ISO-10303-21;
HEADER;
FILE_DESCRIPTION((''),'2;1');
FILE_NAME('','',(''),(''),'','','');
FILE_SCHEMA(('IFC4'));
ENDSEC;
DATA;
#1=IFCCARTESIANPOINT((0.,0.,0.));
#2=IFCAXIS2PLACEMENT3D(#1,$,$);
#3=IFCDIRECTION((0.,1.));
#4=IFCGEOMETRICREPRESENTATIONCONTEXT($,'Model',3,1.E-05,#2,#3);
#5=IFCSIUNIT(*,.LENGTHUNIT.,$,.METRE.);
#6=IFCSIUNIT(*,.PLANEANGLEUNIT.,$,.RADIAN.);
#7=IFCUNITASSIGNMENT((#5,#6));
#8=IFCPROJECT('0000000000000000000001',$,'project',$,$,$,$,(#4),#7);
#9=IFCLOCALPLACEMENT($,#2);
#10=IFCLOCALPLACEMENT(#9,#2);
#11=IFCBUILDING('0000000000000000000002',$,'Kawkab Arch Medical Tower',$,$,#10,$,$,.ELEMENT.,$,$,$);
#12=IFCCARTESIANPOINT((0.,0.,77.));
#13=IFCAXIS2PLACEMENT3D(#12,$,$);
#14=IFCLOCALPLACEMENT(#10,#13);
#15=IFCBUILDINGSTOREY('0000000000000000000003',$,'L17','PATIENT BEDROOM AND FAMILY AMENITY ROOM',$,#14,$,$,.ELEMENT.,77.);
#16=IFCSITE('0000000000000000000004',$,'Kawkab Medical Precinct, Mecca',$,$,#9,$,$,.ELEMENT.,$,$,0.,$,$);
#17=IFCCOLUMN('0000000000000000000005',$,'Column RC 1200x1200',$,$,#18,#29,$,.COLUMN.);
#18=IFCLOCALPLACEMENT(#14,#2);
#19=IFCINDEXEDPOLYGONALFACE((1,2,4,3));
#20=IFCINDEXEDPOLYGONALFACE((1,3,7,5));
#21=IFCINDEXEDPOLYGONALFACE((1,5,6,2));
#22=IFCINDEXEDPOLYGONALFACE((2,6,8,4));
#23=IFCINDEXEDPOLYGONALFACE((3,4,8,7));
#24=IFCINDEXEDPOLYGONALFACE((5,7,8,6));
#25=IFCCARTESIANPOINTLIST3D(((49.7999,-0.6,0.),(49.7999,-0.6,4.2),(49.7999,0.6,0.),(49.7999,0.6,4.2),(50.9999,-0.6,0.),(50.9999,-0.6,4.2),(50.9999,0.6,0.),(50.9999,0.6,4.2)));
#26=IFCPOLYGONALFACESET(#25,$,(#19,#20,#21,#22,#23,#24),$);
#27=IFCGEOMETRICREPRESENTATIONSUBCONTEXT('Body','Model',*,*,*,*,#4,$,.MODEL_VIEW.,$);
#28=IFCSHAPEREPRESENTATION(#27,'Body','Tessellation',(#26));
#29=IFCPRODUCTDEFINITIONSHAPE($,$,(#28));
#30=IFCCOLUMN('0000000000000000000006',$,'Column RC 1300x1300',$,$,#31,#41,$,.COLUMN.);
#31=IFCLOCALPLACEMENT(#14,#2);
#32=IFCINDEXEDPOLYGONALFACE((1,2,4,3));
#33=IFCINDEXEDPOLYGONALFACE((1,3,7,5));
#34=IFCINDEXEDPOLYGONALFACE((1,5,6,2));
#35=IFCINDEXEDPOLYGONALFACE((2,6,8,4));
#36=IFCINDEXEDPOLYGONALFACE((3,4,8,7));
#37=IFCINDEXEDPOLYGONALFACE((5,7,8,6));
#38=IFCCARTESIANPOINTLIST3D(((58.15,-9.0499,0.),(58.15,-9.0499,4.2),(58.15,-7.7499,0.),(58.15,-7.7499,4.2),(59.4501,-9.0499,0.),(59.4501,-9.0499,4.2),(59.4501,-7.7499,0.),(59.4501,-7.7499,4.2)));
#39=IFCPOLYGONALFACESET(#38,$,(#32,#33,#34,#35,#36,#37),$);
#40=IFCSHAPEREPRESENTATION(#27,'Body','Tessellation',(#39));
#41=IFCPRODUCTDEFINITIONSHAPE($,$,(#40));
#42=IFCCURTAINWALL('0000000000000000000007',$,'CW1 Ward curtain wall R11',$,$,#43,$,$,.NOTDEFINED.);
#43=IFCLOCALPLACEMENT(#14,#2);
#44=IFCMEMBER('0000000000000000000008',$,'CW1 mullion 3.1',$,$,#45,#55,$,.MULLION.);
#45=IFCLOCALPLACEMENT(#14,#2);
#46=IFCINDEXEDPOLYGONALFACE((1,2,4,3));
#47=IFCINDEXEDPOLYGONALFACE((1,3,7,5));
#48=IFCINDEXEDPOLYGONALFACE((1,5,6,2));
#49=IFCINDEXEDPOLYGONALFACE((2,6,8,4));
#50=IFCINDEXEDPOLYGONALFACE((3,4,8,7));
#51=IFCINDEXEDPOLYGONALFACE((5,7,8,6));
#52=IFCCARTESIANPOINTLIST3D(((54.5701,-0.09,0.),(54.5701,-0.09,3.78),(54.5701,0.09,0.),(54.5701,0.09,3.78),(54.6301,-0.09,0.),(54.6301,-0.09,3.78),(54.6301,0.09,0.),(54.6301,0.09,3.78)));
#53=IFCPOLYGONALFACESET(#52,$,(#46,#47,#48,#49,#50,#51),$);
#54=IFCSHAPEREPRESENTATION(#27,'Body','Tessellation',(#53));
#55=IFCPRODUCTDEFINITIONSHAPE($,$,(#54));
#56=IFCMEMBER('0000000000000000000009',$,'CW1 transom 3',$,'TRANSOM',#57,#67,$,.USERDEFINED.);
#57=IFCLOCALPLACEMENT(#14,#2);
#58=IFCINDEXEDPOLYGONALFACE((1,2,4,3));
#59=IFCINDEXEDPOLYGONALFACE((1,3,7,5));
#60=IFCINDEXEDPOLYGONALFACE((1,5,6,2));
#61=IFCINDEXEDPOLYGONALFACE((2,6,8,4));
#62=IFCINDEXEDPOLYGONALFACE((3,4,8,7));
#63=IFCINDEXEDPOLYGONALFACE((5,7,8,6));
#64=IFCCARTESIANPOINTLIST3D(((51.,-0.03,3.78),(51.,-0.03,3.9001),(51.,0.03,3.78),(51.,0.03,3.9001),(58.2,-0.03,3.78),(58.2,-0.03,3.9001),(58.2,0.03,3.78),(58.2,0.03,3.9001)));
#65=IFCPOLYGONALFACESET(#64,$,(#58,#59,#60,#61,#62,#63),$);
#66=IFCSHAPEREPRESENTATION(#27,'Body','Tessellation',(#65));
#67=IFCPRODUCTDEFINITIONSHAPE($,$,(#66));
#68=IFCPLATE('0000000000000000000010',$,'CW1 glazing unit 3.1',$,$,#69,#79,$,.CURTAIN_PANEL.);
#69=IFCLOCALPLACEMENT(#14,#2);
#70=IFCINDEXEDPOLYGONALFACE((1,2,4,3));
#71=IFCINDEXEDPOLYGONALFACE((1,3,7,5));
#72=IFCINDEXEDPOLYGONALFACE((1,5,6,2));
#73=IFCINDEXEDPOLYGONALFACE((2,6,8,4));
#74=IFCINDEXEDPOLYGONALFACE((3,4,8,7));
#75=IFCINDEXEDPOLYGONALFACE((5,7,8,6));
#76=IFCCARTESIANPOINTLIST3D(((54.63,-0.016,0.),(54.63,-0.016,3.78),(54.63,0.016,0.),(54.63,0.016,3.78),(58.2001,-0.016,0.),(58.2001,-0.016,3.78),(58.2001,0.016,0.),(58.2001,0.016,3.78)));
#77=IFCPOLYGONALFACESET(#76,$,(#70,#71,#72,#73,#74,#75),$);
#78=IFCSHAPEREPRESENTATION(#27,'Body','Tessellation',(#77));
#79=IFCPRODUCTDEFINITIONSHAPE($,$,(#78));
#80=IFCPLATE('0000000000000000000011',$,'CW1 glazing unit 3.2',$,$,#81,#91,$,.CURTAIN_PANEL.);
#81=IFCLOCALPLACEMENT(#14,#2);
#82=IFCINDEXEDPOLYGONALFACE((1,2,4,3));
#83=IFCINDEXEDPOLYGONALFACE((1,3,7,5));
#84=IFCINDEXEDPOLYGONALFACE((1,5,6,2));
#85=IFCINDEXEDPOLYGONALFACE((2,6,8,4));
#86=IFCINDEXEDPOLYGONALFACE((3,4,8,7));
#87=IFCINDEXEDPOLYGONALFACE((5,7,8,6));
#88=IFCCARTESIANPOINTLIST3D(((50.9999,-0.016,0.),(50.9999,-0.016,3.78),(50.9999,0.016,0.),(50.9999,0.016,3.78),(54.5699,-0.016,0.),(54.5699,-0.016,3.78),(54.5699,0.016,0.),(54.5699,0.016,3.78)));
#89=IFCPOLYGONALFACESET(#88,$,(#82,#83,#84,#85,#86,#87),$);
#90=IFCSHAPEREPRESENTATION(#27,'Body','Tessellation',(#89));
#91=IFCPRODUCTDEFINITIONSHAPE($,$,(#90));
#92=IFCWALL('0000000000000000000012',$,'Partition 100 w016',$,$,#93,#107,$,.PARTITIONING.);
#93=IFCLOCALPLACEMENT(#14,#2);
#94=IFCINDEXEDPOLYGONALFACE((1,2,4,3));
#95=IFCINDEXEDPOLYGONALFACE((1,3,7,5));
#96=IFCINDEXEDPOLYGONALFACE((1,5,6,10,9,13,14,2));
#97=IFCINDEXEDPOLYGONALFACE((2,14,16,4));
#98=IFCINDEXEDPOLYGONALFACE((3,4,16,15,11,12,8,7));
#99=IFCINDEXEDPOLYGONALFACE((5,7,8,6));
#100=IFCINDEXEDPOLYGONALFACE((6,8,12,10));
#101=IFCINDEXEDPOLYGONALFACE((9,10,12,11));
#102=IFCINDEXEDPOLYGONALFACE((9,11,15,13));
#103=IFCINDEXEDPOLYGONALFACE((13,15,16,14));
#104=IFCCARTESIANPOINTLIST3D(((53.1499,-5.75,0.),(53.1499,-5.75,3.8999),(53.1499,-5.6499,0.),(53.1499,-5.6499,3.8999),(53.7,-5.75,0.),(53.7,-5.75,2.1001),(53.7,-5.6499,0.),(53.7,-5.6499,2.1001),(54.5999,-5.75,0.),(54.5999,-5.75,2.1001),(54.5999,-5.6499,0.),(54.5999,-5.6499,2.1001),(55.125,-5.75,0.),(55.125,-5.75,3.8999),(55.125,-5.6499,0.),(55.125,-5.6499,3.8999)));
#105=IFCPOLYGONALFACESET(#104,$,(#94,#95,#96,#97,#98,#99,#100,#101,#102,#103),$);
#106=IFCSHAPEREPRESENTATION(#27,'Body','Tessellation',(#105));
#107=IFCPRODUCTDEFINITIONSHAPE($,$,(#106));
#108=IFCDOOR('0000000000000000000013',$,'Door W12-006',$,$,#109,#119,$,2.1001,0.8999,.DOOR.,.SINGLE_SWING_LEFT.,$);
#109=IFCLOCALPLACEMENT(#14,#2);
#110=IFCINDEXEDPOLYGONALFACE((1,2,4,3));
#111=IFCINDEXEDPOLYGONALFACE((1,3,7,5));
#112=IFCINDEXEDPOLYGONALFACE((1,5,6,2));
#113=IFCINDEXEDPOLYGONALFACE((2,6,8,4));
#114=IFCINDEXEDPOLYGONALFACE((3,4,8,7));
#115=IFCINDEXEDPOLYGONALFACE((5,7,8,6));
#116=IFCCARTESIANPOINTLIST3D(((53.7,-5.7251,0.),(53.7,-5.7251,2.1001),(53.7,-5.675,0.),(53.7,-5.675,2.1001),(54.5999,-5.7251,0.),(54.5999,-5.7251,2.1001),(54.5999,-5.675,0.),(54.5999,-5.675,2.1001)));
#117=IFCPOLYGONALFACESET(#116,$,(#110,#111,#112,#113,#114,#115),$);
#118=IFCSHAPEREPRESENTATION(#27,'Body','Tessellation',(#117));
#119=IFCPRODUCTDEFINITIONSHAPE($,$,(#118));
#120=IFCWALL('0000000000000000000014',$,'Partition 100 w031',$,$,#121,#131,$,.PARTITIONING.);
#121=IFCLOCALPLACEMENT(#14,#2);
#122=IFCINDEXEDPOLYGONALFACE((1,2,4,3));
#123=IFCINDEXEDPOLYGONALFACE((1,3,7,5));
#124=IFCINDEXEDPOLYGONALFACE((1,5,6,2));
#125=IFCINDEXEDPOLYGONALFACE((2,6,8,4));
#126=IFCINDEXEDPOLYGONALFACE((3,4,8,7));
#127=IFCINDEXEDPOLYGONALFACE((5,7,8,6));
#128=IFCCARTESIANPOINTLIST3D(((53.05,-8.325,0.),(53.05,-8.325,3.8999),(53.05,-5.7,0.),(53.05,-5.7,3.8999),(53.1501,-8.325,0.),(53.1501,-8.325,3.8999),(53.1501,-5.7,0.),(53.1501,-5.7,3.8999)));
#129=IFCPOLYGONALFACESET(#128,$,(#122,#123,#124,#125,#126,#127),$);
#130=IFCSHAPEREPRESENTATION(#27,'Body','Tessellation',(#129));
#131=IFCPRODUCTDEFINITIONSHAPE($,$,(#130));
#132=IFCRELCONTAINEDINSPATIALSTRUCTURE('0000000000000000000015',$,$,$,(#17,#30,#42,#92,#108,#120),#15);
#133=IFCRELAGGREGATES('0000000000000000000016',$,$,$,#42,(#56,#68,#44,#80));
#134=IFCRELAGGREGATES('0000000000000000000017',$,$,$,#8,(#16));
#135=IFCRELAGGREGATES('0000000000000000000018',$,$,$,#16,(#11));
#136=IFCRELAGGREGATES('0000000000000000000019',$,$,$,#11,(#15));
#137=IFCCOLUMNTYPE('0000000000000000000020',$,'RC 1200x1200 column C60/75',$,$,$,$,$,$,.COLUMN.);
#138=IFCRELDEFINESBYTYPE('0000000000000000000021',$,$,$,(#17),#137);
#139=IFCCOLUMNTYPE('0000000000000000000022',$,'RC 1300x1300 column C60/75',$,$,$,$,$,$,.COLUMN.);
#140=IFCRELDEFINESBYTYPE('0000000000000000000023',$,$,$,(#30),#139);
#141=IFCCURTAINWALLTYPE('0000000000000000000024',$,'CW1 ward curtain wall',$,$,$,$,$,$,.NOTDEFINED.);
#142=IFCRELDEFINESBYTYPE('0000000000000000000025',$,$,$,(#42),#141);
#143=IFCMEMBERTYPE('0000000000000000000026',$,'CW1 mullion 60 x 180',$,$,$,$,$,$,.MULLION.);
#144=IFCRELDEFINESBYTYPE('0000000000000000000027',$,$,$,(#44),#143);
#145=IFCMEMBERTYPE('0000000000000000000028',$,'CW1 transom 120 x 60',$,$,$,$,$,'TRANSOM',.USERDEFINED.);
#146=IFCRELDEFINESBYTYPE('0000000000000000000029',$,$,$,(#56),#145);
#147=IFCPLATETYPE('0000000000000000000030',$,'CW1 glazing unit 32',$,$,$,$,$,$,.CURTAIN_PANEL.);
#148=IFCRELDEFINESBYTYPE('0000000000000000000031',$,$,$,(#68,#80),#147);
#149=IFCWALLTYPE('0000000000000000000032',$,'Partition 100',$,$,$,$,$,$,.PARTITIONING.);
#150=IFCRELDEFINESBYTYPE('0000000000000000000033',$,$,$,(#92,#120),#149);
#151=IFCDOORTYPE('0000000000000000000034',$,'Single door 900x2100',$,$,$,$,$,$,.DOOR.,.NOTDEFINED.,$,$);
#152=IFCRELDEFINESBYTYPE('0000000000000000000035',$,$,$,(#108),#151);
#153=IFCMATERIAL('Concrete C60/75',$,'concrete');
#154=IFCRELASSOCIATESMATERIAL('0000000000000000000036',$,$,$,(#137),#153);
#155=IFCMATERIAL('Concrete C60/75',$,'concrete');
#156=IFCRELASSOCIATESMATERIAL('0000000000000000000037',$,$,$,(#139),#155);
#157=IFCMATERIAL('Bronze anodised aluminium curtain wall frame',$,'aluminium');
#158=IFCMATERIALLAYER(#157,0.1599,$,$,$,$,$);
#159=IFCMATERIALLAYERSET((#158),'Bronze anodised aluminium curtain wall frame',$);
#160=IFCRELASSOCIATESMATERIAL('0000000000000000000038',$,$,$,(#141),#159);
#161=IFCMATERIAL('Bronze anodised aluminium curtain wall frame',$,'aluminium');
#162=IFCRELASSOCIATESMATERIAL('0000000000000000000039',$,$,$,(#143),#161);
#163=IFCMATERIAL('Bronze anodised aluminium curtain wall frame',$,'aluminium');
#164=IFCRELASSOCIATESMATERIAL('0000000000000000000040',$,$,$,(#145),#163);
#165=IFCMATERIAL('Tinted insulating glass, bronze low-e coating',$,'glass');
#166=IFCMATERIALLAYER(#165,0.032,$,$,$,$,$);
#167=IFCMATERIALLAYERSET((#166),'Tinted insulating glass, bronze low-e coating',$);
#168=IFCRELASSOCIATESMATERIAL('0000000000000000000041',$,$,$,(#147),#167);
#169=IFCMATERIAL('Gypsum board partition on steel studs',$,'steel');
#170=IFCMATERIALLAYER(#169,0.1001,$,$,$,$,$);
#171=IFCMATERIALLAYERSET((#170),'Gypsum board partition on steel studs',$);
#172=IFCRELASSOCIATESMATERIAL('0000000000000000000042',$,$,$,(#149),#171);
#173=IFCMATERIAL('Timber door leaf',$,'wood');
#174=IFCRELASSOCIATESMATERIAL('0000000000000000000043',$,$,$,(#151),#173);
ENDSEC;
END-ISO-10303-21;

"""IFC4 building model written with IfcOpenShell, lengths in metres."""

from ifc_helpers import new_model, si_unit, direction, frame, frame_2d, origin, origin_2d, place, context, subcontext, project, spatial, rectangle, extrude, material, layer, layer_set, material_profile, profile_set, type_object, element, fill, aggregate, save


model = new_model("IFC4")

# Units and contexts
model_context = context("Model", 3, precision=1e-05, world=origin(), true_north=direction((0.0, 1.0)))
body_context = subcontext(model_context, "Body", "Model", "MODEL_VIEW")
ifc_project = project(units=[si_unit("LENGTHUNIT", "METRE"), si_unit("PLANEANGLEUNIT", "RADIAN")], contexts=[model_context])

# Site, building, storey
site_placement = place(None, origin())
site = spatial("IfcSite", under=ifc_project, at=site_placement, Name="Kawkab Medical Precinct, Mecca", CompositionType="ELEMENT", RefElevation=0.0)
building_placement = place(site_placement, origin())
building = spatial("IfcBuilding", under=site, at=building_placement, Name="Kawkab Arch Medical Tower", CompositionType="ELEMENT")
storey_placement = place(building_placement, frame((0.0, 0.0, 77.0)))
storey = spatial("IfcBuildingStorey", under=building, at=storey_placement, Name="L17", Description="PATIENT BEDROOM AND FAMILY AMENITY ROOM", CompositionType="ELEMENT", Elevation=77.0)

# Columns
ifc_material_1 = material(Name="Concrete C60/75", Category="concrete")
ifc_material_profile_1 = material_profile(ifc_material_1, rectangle(XDim=1.2, YDim=1.2, at=origin_2d()), Name="RC 1200x1200")
ifc_profile_set_1 = profile_set([ifc_material_profile_1], Name="Concrete C60/75")
column_type_1 = type_object("IfcColumnType", Name="RC 1200x1200 column C60/75", PredefinedType="COLUMN", material=ifc_profile_set_1)
column_1_placement = place(storey_placement, frame((50.3999, 0.0, 0.0), z_axis=(0.0, 0.0, 1.0), x_axis=(1.0, 0.0, 0.0)))
element("IfcColumn", 1, at=column_1_placement, inside=storey, type_object=column_type_1, Name="Column RC 1200x1200", PredefinedType="COLUMN", context=body_context, shape_type="SweptSolid", body=[
    extrude(rectangle(XDim=1.2, YDim=1.2, at=origin_2d()), origin(), (0.0, 0.0, 1.0), 4.2),
])
ifc_material_2 = material(Name="Concrete C60/75", Category="concrete")
ifc_material_profile_2 = material_profile(ifc_material_2, rectangle(XDim=1.3, YDim=1.3, at=origin_2d()), Name="RC 1300x1300")
ifc_profile_set_2 = profile_set([ifc_material_profile_2], Name="Concrete C60/75")
column_type_2 = type_object("IfcColumnType", Name="RC 1300x1300 column C60/75", PredefinedType="COLUMN", material=ifc_profile_set_2)
column_2_placement = place(storey_placement, frame((58.8, -8.3999, 0.0), z_axis=(0.0, 0.0, 1.0), x_axis=(1.0, 0.0, 0.0)))
element("IfcColumn", 2, at=column_2_placement, inside=storey, type_object=column_type_2, Name="Column RC 1300x1300", PredefinedType="COLUMN", context=body_context, shape_type="SweptSolid", body=[
    extrude(rectangle(XDim=1.3, YDim=1.3, at=origin_2d()), origin(), (0.0, 0.0, 1.0), 4.2),
])

# Curtain wall, members, plates
ifc_material_3 = material(Name="Bronze anodised aluminium curtain wall frame", Category="aluminium")
ifc_layer_1 = layer(ifc_material_3, 0.1599)
ifc_layer_set_1 = layer_set([ifc_layer_1], Name="Bronze anodised aluminium curtain wall frame")
curtain_wall_type = type_object("IfcCurtainWallType", Name="CW1 ward curtain wall", PredefinedType="NOTDEFINED", material=ifc_layer_set_1)
curtain_wall_placement = place(storey_placement, origin())
curtain_wall = element("IfcCurtainWall", 3, at=curtain_wall_placement, inside=storey, type_object=curtain_wall_type, Name="CW1 Ward curtain wall R11", PredefinedType="NOTDEFINED")
ifc_material_4 = material(Name="Bronze anodised aluminium curtain wall frame", Category="aluminium")
ifc_material_profile_3 = material_profile(ifc_material_4, rectangle(XDim=0.1799, YDim=0.0601, at=origin_2d()), Name="AL 60x180")
ifc_profile_set_3 = profile_set([ifc_material_profile_3], Name="Bronze anodised aluminium curtain wall frame")
member_type_1 = type_object("IfcMemberType", Name="CW1 mullion 60 x 180", PredefinedType="MULLION", material=ifc_profile_set_3)
member_1_placement = place(storey_placement, frame((54.6001, 0.0, 0.0), z_axis=(0.0, 0.0, 1.0), x_axis=(0.0, -1.0, 0.0)))
member_1 = element("IfcMember", 4, at=member_1_placement, type_object=member_type_1, Name="CW1 mullion 3.1", PredefinedType="MULLION", context=body_context, shape_type="SweptSolid", body=[
    extrude(rectangle(XDim=0.1799, YDim=0.0601, at=origin_2d()), origin(), (0.0, 0.0, 1.0), 3.78),
])
ifc_material_5 = material(Name="Bronze anodised aluminium curtain wall frame", Category="aluminium")
ifc_material_profile_4 = material_profile(ifc_material_5, rectangle(XDim=0.0601, YDim=0.1201, at=origin_2d()), Name="AL 60x120")
ifc_profile_set_4 = profile_set([ifc_material_profile_4], Name="Bronze anodised aluminium curtain wall frame")
member_type_2 = type_object("IfcMemberType", Name="CW1 transom 120 x 60", ElementType="TRANSOM", PredefinedType="USERDEFINED", material=ifc_profile_set_4)
member_2_placement = place(storey_placement, frame((58.2, 0.0, 3.8401), z_axis=(-1.0, 0.0, 0.0), x_axis=(0.0, -1.0, 0.0)))
member_2 = element("IfcMember", 5, at=member_2_placement, type_object=member_type_2, Name="CW1 transom 3", ObjectType="TRANSOM", PredefinedType="USERDEFINED", context=body_context, shape_type="SweptSolid", body=[
    extrude(rectangle(XDim=0.0601, YDim=0.1201, at=origin_2d()), origin(), (0.0, 0.0, 1.0), 7.2),
])
ifc_material_6 = material(Name="Tinted insulating glass, bronze low-e coating", Category="glass")
ifc_layer_2 = layer(ifc_material_6, 0.032)
ifc_layer_set_2 = layer_set([ifc_layer_2], Name="Tinted insulating glass, bronze low-e coating")
plate_type = type_object("IfcPlateType", Name="CW1 glazing unit 32", PredefinedType="CURTAIN_PANEL", material=ifc_layer_set_2)
plate_1_placement = place(storey_placement, frame((56.415, 0.0, 0.0), z_axis=(0.0, 0.0, 1.0), x_axis=(-1.0, 0.0, 0.0)))
plate_1 = element("IfcPlate", 6, at=plate_1_placement, type_object=plate_type, Name="CW1 glazing unit 3.1", PredefinedType="CURTAIN_PANEL", context=body_context, shape_type="SweptSolid", body=[
    extrude(rectangle(XDim=3.5701, YDim=0.032, at=origin_2d()), origin(), (0.0, 0.0, 1.0), 3.78),
])
plate_2_placement = place(storey_placement, frame((52.7849, 0.0, 0.0), z_axis=(0.0, 0.0, 1.0), x_axis=(-1.0, 0.0, 0.0)))
plate_2 = element("IfcPlate", 7, at=plate_2_placement, type_object=plate_type, Name="CW1 glazing unit 3.2", PredefinedType="CURTAIN_PANEL", context=body_context, shape_type="SweptSolid", body=[
    extrude(rectangle(XDim=3.5701, YDim=0.032, at=origin_2d()), origin(), (0.0, 0.0, 1.0), 3.78),
])
aggregate(curtain_wall, [member_2, plate_1, member_1, plate_2])

# Wall, opening, door
ifc_material_7 = material(Name="Gypsum board partition on steel studs", Category="steel")
ifc_layer_3 = layer(ifc_material_7, 0.1001)
ifc_layer_set_3 = layer_set([ifc_layer_3], Name="Gypsum board partition on steel studs")
wall_type_1 = type_object("IfcWallType", Name="Partition 100", PredefinedType="PARTITIONING", material=ifc_layer_set_3)
wall_1_placement = place(storey_placement, frame((53.1499, -5.7, 0.0), z_axis=(0.0, 0.0, 1.0), x_axis=(1.0, 0.0, 0.0)))
wall_1 = element("IfcWall", 8, at=wall_1_placement, inside=storey, type_object=wall_type_1, Name="Partition 100 w016", PredefinedType="PARTITIONING", context=body_context, shape_type="SweptSolid", body=[
    extrude(rectangle(XDim=1.9751, YDim=0.1001, at=frame_2d((0.9875, 0.0))), origin(), (0.0, 0.0, 1.0), 3.8999),
])
opening_1_placement = place(wall_1_placement, frame((0.55, 0.0, 0.0)))
opening_1 = element("IfcOpeningElement", 9, at=opening_1_placement, cuts=wall_1, PredefinedType="OPENING", context=body_context, shape_type="SweptSolid", body=[
    extrude(rectangle(XDim=0.8999, YDim=2.1001, at=frame_2d((0.45, 1.05))), frame((0.0, 0.0601, 0.0), z_axis=(0.0, -1.0, 0.0), x_axis=(1.0, 0.0, 0.0)), (0.0, 0.0, 1.0), 0.1201),
])
ifc_material_8 = material(Name="Timber door leaf", Category="wood")
door_type_1 = type_object("IfcDoorType", Name="Single door 900x2100", OperationType="NOTDEFINED", PredefinedType="DOOR", material=ifc_material_8)
door_1_placement = place(opening_1_placement, origin())
door_1 = element("IfcDoor", 10, at=door_1_placement, inside=storey, type_object=door_type_1, Name="Door W12-006", OperationType="SINGLE_SWING_LEFT", OverallHeight=2.1001, OverallWidth=0.8999, PredefinedType="DOOR", context=body_context, shape_type="SweptSolid", body=[
    extrude(rectangle(XDim=0.8999, YDim=2.1001, at=frame_2d((0.45, 1.05))), frame((0.0, 0.0249, 0.0), z_axis=(0.0, -1.0, 0.0), x_axis=(1.0, 0.0, 0.0)), (0.0, 0.0, 1.0), 0.05),
])
fill(opening_1, door_1)

# Wall
wall_2_placement = place(storey_placement, frame((53.1001, -8.325, 0.0), z_axis=(0.0, 0.0, 1.0), x_axis=(0.0, 1.0, 0.0)))
element("IfcWall", 11, at=wall_2_placement, inside=storey, type_object=wall_type_1, Name="Partition 100 w031", PredefinedType="PARTITIONING", context=body_context, shape_type="SweptSolid", body=[
    extrude(rectangle(XDim=2.625, YDim=0.1001, at=frame_2d((1.3125, 0.0))), origin(), (0.0, 0.0, 1.0), 3.8999),
])

save(model, "model.ifc")
